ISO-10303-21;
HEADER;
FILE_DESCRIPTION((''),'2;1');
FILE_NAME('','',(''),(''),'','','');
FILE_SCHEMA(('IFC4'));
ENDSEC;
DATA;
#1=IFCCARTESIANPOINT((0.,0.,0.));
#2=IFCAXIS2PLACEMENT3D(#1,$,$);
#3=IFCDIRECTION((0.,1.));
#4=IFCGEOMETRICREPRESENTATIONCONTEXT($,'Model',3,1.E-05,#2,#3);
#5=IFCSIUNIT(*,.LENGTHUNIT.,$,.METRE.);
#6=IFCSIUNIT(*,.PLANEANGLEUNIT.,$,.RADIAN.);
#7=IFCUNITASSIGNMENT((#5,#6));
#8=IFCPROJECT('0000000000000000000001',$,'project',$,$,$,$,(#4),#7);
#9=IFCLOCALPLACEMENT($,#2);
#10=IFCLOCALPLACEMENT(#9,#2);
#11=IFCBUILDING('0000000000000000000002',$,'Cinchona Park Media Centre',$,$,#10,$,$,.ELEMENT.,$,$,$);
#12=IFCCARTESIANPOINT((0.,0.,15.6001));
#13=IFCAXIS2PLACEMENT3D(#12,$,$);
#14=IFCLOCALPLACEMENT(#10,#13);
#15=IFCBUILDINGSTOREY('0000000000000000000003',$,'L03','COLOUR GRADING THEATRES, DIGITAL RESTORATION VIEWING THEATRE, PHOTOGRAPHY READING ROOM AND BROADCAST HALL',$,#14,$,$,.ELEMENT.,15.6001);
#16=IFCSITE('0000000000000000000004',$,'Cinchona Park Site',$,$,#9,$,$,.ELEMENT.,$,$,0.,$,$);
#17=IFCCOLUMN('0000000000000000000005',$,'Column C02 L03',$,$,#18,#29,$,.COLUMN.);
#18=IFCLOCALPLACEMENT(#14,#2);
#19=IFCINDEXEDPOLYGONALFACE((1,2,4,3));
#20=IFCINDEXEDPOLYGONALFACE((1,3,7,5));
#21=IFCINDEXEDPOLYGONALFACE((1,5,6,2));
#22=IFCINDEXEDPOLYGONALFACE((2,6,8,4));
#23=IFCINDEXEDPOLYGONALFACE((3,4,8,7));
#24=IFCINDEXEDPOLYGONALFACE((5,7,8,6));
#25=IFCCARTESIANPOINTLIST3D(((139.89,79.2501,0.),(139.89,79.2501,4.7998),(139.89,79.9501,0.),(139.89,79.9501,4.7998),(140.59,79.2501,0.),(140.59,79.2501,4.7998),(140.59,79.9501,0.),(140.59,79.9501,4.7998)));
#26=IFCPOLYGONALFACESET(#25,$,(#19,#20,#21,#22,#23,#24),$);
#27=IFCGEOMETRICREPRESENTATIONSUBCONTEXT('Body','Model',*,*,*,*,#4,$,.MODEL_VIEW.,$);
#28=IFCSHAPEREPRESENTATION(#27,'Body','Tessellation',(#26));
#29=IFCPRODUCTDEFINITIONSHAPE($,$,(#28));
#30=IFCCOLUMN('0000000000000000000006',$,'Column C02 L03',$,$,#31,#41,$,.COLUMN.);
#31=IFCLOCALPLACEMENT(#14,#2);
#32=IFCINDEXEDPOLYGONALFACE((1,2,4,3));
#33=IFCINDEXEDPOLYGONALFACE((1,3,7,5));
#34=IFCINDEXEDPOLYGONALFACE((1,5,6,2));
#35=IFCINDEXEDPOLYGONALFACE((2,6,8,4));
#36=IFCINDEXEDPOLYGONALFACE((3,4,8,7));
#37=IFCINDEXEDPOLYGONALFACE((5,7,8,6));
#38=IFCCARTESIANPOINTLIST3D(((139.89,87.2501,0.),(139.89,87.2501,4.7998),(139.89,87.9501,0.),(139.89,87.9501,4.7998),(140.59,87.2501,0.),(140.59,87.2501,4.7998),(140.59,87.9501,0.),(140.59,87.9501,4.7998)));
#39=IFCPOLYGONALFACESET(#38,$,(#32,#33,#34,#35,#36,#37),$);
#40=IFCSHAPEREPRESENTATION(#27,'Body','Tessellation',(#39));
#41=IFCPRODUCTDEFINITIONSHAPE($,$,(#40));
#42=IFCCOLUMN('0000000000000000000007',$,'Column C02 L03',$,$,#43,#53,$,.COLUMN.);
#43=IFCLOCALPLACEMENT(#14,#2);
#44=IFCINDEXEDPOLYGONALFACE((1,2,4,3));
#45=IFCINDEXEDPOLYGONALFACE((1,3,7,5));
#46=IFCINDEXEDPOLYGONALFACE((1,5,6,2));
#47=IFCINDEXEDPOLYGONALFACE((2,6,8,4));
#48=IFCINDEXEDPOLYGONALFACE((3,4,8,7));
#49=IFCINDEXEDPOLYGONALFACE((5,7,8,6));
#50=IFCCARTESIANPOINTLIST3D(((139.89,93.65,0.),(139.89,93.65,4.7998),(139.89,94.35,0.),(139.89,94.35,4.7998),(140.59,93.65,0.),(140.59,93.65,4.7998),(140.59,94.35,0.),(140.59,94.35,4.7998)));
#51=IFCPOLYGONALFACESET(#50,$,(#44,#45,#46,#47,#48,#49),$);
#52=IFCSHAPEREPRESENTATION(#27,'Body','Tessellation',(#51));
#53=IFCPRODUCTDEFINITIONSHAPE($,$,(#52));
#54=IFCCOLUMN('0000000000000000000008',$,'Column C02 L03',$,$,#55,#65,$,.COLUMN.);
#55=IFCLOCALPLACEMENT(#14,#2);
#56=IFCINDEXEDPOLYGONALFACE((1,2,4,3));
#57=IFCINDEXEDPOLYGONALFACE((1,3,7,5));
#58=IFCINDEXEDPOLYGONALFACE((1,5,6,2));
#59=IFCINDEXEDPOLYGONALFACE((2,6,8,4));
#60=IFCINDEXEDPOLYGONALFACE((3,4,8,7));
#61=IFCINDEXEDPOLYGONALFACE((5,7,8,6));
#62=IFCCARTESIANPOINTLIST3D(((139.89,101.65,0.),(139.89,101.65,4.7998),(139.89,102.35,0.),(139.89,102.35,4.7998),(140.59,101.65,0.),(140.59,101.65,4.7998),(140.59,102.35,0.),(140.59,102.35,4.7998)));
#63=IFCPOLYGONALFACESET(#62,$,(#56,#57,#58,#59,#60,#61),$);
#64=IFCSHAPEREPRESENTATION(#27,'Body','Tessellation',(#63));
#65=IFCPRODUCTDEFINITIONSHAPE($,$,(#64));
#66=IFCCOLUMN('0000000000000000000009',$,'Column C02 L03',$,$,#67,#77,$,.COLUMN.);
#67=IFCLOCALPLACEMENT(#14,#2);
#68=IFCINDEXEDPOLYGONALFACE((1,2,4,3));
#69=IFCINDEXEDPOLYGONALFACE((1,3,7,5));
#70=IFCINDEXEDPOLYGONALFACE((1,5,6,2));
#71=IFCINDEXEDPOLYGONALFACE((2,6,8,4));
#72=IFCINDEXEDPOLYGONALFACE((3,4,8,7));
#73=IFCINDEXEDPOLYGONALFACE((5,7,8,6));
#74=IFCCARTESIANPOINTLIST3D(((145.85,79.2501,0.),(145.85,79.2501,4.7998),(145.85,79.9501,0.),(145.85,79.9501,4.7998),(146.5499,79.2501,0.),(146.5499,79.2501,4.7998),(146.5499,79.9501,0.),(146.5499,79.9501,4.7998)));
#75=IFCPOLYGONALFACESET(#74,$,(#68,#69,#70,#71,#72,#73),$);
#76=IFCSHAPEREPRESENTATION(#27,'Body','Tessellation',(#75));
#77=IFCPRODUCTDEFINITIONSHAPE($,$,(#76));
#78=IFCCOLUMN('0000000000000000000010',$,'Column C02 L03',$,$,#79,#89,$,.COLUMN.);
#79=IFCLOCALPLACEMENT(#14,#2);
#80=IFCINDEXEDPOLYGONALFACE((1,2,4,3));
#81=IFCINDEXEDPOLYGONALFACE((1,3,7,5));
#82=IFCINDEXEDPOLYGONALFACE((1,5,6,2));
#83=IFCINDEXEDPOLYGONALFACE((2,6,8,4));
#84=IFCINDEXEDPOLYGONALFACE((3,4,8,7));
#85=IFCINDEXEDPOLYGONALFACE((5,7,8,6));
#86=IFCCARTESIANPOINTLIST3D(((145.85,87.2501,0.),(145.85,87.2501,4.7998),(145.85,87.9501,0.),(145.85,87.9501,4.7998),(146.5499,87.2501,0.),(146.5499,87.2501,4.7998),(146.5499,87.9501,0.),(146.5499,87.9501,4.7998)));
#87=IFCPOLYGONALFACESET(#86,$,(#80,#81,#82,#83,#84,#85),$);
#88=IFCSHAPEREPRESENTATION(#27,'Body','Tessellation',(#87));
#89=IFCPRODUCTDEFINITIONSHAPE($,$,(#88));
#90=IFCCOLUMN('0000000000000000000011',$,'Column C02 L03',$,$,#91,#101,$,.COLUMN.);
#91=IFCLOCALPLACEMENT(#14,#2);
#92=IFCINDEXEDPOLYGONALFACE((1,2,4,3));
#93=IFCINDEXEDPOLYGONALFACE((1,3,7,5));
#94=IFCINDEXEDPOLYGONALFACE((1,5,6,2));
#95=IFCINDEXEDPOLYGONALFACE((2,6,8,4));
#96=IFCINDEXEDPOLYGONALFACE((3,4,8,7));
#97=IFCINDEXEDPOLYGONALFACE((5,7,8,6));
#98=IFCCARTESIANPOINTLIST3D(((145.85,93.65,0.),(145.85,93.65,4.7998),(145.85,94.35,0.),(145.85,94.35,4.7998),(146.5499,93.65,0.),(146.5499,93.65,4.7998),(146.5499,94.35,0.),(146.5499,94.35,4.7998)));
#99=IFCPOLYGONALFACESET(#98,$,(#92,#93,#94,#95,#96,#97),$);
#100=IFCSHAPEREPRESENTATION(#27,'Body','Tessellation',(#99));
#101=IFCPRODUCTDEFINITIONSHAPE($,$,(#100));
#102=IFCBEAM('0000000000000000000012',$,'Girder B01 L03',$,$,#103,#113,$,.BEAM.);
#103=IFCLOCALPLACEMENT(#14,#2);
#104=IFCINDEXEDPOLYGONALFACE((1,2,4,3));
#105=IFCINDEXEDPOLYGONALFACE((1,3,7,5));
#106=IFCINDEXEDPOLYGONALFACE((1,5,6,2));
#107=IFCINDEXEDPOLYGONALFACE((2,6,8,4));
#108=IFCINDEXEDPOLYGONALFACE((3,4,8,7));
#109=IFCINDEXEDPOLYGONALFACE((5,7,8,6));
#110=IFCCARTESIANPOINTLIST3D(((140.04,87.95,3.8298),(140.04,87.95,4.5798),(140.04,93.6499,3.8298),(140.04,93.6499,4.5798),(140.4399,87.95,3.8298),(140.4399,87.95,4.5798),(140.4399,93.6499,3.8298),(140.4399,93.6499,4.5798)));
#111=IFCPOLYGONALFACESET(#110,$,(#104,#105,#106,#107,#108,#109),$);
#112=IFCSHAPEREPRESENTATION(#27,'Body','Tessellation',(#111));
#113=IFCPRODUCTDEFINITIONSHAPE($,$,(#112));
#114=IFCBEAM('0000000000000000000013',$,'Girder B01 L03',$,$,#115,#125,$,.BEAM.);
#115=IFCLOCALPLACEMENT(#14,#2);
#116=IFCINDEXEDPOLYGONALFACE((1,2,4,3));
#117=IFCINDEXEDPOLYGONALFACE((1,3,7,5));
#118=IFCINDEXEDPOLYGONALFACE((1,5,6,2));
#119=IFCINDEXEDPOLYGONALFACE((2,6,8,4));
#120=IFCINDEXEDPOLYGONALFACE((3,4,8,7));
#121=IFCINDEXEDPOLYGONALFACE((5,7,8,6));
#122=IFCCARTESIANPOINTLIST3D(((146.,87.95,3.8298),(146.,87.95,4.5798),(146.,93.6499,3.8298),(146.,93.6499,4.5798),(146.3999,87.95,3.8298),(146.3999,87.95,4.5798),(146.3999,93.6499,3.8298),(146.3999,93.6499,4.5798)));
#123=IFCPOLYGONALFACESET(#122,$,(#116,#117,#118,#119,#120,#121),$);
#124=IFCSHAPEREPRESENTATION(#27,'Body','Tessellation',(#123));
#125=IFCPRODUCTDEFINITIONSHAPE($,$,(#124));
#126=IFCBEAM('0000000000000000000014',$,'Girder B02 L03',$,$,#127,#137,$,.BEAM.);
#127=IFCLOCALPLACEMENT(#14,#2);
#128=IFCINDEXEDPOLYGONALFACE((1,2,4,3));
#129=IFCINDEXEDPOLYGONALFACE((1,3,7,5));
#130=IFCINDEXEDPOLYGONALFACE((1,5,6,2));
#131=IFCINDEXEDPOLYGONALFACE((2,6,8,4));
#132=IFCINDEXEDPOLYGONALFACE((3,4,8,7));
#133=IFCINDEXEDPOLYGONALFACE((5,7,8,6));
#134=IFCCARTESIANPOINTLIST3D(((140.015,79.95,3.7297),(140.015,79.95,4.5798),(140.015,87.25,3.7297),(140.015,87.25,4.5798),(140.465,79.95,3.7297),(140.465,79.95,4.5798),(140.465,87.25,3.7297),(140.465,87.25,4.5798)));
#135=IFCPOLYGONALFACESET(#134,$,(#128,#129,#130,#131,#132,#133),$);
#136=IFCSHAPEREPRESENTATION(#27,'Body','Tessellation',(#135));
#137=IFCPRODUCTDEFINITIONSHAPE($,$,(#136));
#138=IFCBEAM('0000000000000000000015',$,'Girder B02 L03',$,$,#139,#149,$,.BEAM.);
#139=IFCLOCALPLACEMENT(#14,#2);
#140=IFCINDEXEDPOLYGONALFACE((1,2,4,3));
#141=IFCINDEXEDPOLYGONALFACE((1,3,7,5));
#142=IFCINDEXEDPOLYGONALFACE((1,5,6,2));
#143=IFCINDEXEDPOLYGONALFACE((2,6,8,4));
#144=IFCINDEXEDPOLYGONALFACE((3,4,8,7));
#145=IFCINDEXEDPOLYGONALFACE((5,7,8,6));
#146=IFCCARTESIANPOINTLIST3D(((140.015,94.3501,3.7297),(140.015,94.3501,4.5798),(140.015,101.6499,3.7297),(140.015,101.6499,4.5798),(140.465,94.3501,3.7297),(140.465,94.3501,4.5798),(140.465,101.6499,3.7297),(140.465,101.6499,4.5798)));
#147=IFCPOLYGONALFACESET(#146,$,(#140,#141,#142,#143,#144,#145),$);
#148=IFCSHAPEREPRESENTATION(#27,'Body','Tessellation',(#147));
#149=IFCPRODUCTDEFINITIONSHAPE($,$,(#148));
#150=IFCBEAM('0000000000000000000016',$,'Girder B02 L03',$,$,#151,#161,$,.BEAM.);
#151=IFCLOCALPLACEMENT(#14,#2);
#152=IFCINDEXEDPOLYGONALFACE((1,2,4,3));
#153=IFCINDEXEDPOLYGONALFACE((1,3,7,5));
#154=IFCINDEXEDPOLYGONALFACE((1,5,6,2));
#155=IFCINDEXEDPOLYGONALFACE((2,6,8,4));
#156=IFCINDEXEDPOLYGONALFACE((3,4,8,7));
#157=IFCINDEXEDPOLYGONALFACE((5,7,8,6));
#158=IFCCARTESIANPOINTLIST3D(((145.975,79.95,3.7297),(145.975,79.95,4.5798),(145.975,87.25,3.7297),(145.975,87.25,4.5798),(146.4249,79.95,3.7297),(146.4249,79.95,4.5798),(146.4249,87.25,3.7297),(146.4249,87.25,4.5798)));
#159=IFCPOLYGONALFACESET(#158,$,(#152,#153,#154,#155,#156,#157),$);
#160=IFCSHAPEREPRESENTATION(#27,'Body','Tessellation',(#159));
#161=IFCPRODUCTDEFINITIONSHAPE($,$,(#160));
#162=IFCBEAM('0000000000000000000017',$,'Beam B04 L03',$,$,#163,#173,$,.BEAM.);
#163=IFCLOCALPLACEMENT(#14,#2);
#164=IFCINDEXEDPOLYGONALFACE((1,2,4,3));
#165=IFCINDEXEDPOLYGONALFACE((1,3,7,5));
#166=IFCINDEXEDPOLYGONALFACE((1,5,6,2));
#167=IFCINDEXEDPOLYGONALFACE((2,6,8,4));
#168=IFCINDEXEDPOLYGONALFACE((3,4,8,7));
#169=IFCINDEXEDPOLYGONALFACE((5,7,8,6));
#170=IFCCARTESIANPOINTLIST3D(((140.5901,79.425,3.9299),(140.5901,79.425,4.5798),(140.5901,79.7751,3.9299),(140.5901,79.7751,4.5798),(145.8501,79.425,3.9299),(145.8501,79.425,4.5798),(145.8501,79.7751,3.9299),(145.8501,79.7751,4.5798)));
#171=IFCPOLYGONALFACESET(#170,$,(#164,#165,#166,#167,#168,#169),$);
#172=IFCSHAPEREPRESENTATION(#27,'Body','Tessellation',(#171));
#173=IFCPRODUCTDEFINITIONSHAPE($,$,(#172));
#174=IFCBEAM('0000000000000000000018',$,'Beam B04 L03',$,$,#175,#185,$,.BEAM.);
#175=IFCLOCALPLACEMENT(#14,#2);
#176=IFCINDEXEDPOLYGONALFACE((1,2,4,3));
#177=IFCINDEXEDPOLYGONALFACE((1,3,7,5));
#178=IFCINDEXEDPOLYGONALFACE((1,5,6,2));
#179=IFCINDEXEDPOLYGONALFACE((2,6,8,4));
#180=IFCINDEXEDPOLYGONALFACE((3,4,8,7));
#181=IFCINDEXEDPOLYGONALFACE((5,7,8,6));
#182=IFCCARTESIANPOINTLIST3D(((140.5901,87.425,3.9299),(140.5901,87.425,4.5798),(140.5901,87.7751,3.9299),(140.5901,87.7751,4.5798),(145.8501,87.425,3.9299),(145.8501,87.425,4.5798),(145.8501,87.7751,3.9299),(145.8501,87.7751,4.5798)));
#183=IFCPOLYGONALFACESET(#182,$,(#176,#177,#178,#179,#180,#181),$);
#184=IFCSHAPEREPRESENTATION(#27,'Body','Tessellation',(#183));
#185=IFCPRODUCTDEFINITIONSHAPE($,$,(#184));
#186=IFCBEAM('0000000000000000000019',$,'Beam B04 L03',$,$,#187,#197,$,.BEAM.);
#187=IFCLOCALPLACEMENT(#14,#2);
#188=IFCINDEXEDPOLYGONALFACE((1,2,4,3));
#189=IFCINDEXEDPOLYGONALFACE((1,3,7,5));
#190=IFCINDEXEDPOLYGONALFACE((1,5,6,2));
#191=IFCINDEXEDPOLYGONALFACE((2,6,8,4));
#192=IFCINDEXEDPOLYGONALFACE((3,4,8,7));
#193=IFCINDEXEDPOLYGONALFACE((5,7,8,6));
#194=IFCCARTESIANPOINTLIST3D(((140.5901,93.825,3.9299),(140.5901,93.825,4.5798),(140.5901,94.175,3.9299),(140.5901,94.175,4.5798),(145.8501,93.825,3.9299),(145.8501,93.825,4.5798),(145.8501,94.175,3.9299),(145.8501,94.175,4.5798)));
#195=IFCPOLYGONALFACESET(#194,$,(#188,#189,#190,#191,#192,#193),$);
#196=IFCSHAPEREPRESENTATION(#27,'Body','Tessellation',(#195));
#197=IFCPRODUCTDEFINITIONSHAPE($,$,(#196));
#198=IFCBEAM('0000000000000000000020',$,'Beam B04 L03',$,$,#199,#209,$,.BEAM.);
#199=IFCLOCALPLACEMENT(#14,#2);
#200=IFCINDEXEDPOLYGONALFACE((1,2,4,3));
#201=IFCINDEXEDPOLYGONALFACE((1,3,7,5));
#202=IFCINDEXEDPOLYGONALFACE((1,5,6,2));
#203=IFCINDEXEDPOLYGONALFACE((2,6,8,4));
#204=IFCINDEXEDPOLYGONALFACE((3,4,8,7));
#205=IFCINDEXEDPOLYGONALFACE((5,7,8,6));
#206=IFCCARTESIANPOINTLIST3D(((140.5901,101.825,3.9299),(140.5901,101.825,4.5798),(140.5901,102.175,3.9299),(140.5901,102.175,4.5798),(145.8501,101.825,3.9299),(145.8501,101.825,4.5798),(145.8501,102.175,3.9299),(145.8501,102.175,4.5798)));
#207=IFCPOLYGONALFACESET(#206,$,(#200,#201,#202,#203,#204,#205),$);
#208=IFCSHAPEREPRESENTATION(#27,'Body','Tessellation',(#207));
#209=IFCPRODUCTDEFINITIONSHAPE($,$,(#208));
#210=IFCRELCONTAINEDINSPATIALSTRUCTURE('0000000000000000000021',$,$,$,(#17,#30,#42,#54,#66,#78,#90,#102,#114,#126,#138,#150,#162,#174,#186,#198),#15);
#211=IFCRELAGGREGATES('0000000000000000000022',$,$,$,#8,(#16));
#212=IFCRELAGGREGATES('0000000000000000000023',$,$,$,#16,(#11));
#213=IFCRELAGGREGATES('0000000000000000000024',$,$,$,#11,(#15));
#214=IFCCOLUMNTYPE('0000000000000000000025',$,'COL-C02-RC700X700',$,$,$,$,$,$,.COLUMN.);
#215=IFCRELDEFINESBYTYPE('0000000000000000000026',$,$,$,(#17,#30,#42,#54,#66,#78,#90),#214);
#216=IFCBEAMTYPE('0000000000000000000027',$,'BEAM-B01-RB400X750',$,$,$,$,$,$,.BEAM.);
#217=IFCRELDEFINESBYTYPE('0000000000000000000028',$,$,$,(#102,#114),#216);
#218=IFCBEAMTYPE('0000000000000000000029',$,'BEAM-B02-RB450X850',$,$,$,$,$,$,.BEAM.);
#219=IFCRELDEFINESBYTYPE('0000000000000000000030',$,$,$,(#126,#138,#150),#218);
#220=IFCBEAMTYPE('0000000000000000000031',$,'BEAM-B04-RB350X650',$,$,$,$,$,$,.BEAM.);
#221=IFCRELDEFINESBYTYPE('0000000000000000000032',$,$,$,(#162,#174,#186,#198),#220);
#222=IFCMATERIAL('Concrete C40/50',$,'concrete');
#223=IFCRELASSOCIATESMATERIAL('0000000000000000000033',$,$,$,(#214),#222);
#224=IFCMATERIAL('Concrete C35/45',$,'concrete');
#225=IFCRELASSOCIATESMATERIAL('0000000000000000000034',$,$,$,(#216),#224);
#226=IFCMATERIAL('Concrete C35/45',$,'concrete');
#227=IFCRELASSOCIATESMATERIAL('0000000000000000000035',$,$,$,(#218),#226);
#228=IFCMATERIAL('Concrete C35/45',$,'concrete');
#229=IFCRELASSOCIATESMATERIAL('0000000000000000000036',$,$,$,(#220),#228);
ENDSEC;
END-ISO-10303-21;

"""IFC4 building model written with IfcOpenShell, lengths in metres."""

from ifc_helpers import new_model, si_unit, direction, frame, origin, origin_2d, place, context, subcontext, project, spatial, rectangle, extrude, material, material_profile, profile_set, type_object, element, save


model = new_model("IFC4")

# Units and contexts
model_context = context("Model", 3, precision=1e-05, world=origin(), true_north=direction((0.0, 1.0)))
body_context = subcontext(model_context, "Body", "Model", "MODEL_VIEW")
ifc_project = project(units=[si_unit("LENGTHUNIT", "METRE"), si_unit("PLANEANGLEUNIT", "RADIAN")], contexts=[model_context])

# Site, building, storey
site_placement = place(None, origin())
site = spatial("IfcSite", under=ifc_project, at=site_placement, Name="Cinchona Park Site", CompositionType="ELEMENT", RefElevation=0.0)
building_placement = place(site_placement, origin())
building = spatial("IfcBuilding", under=site, at=building_placement, Name="Cinchona Park Media Centre", CompositionType="ELEMENT")
storey_placement = place(building_placement, frame((0.0, 0.0, 15.6001)))
storey = spatial("IfcBuildingStorey", under=building, at=storey_placement, Name="L03", Description="COLOUR GRADING THEATRES, DIGITAL RESTORATION VIEWING THEATRE, PHOTOGRAPHY READING ROOM AND BROADCAST HALL", CompositionType="ELEMENT", Elevation=15.6001)

# Columns
ifc_material_1 = material(Name="Concrete C40/50", Category="concrete")
ifc_material_profile_1 = material_profile(ifc_material_1, rectangle(XDim=0.7, YDim=0.7, at=origin_2d()), Name="RC 700X700")
ifc_profile_set_1 = profile_set([ifc_material_profile_1], Name="Concrete C40/50")
column_type = type_object("IfcColumnType", Name="COL-C02-RC700X700", PredefinedType="COLUMN", material=ifc_profile_set_1)
for number, where, z_axis, x_axis, name in (
    (1, (140.24, 79.6001, 0.0), (0.0, 0.0, 1.0), (1.0, 0.0, 0.0), "Column C02 L03"),
    (2, (140.24, 87.6001, 0.0), (0.0, 0.0, 1.0), (1.0, 0.0, 0.0), "Column C02 L03"),
    (3, (140.24, 94.0, 0.0), (0.0, 0.0, 1.0), (1.0, 0.0, 0.0), "Column C02 L03"),
    (4, (140.24, 102.0, 0.0), (0.0, 0.0, 1.0), (1.0, 0.0, 0.0), "Column C02 L03"),
    (5, (146.2, 79.6001, 0.0), (0.0, 0.0, 1.0), (1.0, 0.0, 0.0), "Column C02 L03"),
    (6, (146.2, 87.6001, 0.0), (0.0, 0.0, 1.0), (1.0, 0.0, 0.0), "Column C02 L03"),
    (7, (146.2, 94.0, 0.0), (0.0, 0.0, 1.0), (1.0, 0.0, 0.0), "Column C02 L03"),
):
    element("IfcColumn", number, at=place(storey_placement, frame(where, z_axis=z_axis, x_axis=x_axis)), inside=storey, type_object=column_type, Name=name, PredefinedType="COLUMN", context=body_context, shape_type="SweptSolid", body=[
        extrude(rectangle(XDim=0.7, YDim=0.7, at=origin_2d()), origin(), (0.0, 0.0, 1.0), 4.7998),
    ])

# Beams
ifc_material_2 = material(Name="Concrete C35/45", Category="concrete")
ifc_material_profile_2 = material_profile(ifc_material_2, rectangle(XDim=0.3999, YDim=0.75, at=origin_2d()), Name="RB 400X750")
ifc_profile_set_2 = profile_set([ifc_material_profile_2], Name="Concrete C35/45")
beam_type_1 = type_object("IfcBeamType", Name="BEAM-B01-RB400X750", PredefinedType="BEAM", material=ifc_profile_set_2)
for number, where, z_axis, x_axis, name in (
    (8, (140.24, 87.95, 4.2048), (0.0, 1.0, 0.0), (-1.0, 0.0, 0.0), "Girder B01 L03"),
    (9, (146.2, 87.95, 4.2048), (0.0, 1.0, 0.0), (-1.0, 0.0, 0.0), "Girder B01 L03"),
):
    element("IfcBeam", number, at=place(storey_placement, frame(where, z_axis=z_axis, x_axis=x_axis)), inside=storey, type_object=beam_type_1, Name=name, PredefinedType="BEAM", context=body_context, shape_type="SweptSolid", body=[
        extrude(rectangle(XDim=0.3999, YDim=0.75, at=origin_2d()), origin(), (0.0, 0.0, 1.0), 5.7),
    ])
ifc_material_3 = material(Name="Concrete C35/45", Category="concrete")
ifc_material_profile_3 = material_profile(ifc_material_3, rectangle(XDim=0.45, YDim=0.8501, at=origin_2d()), Name="RB 450X850")
ifc_profile_set_3 = profile_set([ifc_material_profile_3], Name="Concrete C35/45")
beam_type_2 = type_object("IfcBeamType", Name="BEAM-B02-RB450X850", PredefinedType="BEAM", material=ifc_profile_set_3)
beam_1_placement = place(storey_placement, frame((140.24, 79.95, 4.1548), z_axis=(0.0, 1.0, 0.0), x_axis=(-1.0, 0.0, 0.0)))
element("IfcBeam", 10, at=beam_1_placement, inside=storey, type_object=beam_type_2, Name="Girder B02 L03", PredefinedType="BEAM", context=body_context, shape_type="SweptSolid", body=[
    extrude(rectangle(XDim=0.45, YDim=0.8501, at=origin_2d()), origin(), (0.0, 0.0, 1.0), 7.3),
])
beam_2_placement = place(storey_placement, frame((140.24, 94.3501, 4.1548), z_axis=(0.0, 1.0, 0.0), x_axis=(-1.0, 0.0, 0.0)))
element("IfcBeam", 11, at=beam_2_placement, inside=storey, type_object=beam_type_2, Name="Girder B02 L03", PredefinedType="BEAM", context=body_context, shape_type="SweptSolid", body=[
    extrude(rectangle(XDim=0.45, YDim=0.8501, at=origin_2d()), origin(), (0.0, 0.0, 1.0), 7.2998),
])
beam_3_placement = place(storey_placement, frame((146.2, 79.95, 4.1548), z_axis=(0.0, 1.0, 0.0), x_axis=(-1.0, 0.0, 0.0)))
element("IfcBeam", 12, at=beam_3_placement, inside=storey, type_object=beam_type_2, Name="Girder B02 L03", PredefinedType="BEAM", context=body_context, shape_type="SweptSolid", body=[
    extrude(rectangle(XDim=0.45, YDim=0.8501, at=origin_2d()), origin(), (0.0, 0.0, 1.0), 7.3),
])
ifc_material_4 = material(Name="Concrete C35/45", Category="concrete")
ifc_material_profile_4 = material_profile(ifc_material_4, rectangle(XDim=0.3501, YDim=0.6499, at=origin_2d()), Name="RB 350X650")
ifc_profile_set_4 = profile_set([ifc_material_profile_4], Name="Concrete C35/45")
beam_type_3 = type_object("IfcBeamType", Name="BEAM-B04-RB350X650", PredefinedType="BEAM", material=ifc_profile_set_4)
for number, where, z_axis, x_axis, name in (
    (13, (140.5901, 79.6001, 4.2549), (1.0, 0.0, 0.0), (0.0, 1.0, 0.0), "Beam B04 L03"),
    (14, (140.5901, 87.6001, 4.2549), (1.0, 0.0, 0.0), (0.0, 1.0, 0.0), "Beam B04 L03"),
    (15, (140.5901, 94.0, 4.2549), (1.0, 0.0, 0.0), (0.0, 1.0, 0.0), "Beam B04 L03"),
    (16, (140.5901, 102.0, 4.2549), (1.0, 0.0, 0.0), (0.0, 1.0, 0.0), "Beam B04 L03"),
):
    element("IfcBeam", number, at=place(storey_placement, frame(where, z_axis=z_axis, x_axis=x_axis)), inside=storey, type_object=beam_type_3, Name=name, PredefinedType="BEAM", context=body_context, shape_type="SweptSolid", body=[
        extrude(rectangle(XDim=0.3501, YDim=0.6499, at=origin_2d()), origin(), (0.0, 0.0, 1.0), 5.26),
    ])

save(model, "model.ifc")
